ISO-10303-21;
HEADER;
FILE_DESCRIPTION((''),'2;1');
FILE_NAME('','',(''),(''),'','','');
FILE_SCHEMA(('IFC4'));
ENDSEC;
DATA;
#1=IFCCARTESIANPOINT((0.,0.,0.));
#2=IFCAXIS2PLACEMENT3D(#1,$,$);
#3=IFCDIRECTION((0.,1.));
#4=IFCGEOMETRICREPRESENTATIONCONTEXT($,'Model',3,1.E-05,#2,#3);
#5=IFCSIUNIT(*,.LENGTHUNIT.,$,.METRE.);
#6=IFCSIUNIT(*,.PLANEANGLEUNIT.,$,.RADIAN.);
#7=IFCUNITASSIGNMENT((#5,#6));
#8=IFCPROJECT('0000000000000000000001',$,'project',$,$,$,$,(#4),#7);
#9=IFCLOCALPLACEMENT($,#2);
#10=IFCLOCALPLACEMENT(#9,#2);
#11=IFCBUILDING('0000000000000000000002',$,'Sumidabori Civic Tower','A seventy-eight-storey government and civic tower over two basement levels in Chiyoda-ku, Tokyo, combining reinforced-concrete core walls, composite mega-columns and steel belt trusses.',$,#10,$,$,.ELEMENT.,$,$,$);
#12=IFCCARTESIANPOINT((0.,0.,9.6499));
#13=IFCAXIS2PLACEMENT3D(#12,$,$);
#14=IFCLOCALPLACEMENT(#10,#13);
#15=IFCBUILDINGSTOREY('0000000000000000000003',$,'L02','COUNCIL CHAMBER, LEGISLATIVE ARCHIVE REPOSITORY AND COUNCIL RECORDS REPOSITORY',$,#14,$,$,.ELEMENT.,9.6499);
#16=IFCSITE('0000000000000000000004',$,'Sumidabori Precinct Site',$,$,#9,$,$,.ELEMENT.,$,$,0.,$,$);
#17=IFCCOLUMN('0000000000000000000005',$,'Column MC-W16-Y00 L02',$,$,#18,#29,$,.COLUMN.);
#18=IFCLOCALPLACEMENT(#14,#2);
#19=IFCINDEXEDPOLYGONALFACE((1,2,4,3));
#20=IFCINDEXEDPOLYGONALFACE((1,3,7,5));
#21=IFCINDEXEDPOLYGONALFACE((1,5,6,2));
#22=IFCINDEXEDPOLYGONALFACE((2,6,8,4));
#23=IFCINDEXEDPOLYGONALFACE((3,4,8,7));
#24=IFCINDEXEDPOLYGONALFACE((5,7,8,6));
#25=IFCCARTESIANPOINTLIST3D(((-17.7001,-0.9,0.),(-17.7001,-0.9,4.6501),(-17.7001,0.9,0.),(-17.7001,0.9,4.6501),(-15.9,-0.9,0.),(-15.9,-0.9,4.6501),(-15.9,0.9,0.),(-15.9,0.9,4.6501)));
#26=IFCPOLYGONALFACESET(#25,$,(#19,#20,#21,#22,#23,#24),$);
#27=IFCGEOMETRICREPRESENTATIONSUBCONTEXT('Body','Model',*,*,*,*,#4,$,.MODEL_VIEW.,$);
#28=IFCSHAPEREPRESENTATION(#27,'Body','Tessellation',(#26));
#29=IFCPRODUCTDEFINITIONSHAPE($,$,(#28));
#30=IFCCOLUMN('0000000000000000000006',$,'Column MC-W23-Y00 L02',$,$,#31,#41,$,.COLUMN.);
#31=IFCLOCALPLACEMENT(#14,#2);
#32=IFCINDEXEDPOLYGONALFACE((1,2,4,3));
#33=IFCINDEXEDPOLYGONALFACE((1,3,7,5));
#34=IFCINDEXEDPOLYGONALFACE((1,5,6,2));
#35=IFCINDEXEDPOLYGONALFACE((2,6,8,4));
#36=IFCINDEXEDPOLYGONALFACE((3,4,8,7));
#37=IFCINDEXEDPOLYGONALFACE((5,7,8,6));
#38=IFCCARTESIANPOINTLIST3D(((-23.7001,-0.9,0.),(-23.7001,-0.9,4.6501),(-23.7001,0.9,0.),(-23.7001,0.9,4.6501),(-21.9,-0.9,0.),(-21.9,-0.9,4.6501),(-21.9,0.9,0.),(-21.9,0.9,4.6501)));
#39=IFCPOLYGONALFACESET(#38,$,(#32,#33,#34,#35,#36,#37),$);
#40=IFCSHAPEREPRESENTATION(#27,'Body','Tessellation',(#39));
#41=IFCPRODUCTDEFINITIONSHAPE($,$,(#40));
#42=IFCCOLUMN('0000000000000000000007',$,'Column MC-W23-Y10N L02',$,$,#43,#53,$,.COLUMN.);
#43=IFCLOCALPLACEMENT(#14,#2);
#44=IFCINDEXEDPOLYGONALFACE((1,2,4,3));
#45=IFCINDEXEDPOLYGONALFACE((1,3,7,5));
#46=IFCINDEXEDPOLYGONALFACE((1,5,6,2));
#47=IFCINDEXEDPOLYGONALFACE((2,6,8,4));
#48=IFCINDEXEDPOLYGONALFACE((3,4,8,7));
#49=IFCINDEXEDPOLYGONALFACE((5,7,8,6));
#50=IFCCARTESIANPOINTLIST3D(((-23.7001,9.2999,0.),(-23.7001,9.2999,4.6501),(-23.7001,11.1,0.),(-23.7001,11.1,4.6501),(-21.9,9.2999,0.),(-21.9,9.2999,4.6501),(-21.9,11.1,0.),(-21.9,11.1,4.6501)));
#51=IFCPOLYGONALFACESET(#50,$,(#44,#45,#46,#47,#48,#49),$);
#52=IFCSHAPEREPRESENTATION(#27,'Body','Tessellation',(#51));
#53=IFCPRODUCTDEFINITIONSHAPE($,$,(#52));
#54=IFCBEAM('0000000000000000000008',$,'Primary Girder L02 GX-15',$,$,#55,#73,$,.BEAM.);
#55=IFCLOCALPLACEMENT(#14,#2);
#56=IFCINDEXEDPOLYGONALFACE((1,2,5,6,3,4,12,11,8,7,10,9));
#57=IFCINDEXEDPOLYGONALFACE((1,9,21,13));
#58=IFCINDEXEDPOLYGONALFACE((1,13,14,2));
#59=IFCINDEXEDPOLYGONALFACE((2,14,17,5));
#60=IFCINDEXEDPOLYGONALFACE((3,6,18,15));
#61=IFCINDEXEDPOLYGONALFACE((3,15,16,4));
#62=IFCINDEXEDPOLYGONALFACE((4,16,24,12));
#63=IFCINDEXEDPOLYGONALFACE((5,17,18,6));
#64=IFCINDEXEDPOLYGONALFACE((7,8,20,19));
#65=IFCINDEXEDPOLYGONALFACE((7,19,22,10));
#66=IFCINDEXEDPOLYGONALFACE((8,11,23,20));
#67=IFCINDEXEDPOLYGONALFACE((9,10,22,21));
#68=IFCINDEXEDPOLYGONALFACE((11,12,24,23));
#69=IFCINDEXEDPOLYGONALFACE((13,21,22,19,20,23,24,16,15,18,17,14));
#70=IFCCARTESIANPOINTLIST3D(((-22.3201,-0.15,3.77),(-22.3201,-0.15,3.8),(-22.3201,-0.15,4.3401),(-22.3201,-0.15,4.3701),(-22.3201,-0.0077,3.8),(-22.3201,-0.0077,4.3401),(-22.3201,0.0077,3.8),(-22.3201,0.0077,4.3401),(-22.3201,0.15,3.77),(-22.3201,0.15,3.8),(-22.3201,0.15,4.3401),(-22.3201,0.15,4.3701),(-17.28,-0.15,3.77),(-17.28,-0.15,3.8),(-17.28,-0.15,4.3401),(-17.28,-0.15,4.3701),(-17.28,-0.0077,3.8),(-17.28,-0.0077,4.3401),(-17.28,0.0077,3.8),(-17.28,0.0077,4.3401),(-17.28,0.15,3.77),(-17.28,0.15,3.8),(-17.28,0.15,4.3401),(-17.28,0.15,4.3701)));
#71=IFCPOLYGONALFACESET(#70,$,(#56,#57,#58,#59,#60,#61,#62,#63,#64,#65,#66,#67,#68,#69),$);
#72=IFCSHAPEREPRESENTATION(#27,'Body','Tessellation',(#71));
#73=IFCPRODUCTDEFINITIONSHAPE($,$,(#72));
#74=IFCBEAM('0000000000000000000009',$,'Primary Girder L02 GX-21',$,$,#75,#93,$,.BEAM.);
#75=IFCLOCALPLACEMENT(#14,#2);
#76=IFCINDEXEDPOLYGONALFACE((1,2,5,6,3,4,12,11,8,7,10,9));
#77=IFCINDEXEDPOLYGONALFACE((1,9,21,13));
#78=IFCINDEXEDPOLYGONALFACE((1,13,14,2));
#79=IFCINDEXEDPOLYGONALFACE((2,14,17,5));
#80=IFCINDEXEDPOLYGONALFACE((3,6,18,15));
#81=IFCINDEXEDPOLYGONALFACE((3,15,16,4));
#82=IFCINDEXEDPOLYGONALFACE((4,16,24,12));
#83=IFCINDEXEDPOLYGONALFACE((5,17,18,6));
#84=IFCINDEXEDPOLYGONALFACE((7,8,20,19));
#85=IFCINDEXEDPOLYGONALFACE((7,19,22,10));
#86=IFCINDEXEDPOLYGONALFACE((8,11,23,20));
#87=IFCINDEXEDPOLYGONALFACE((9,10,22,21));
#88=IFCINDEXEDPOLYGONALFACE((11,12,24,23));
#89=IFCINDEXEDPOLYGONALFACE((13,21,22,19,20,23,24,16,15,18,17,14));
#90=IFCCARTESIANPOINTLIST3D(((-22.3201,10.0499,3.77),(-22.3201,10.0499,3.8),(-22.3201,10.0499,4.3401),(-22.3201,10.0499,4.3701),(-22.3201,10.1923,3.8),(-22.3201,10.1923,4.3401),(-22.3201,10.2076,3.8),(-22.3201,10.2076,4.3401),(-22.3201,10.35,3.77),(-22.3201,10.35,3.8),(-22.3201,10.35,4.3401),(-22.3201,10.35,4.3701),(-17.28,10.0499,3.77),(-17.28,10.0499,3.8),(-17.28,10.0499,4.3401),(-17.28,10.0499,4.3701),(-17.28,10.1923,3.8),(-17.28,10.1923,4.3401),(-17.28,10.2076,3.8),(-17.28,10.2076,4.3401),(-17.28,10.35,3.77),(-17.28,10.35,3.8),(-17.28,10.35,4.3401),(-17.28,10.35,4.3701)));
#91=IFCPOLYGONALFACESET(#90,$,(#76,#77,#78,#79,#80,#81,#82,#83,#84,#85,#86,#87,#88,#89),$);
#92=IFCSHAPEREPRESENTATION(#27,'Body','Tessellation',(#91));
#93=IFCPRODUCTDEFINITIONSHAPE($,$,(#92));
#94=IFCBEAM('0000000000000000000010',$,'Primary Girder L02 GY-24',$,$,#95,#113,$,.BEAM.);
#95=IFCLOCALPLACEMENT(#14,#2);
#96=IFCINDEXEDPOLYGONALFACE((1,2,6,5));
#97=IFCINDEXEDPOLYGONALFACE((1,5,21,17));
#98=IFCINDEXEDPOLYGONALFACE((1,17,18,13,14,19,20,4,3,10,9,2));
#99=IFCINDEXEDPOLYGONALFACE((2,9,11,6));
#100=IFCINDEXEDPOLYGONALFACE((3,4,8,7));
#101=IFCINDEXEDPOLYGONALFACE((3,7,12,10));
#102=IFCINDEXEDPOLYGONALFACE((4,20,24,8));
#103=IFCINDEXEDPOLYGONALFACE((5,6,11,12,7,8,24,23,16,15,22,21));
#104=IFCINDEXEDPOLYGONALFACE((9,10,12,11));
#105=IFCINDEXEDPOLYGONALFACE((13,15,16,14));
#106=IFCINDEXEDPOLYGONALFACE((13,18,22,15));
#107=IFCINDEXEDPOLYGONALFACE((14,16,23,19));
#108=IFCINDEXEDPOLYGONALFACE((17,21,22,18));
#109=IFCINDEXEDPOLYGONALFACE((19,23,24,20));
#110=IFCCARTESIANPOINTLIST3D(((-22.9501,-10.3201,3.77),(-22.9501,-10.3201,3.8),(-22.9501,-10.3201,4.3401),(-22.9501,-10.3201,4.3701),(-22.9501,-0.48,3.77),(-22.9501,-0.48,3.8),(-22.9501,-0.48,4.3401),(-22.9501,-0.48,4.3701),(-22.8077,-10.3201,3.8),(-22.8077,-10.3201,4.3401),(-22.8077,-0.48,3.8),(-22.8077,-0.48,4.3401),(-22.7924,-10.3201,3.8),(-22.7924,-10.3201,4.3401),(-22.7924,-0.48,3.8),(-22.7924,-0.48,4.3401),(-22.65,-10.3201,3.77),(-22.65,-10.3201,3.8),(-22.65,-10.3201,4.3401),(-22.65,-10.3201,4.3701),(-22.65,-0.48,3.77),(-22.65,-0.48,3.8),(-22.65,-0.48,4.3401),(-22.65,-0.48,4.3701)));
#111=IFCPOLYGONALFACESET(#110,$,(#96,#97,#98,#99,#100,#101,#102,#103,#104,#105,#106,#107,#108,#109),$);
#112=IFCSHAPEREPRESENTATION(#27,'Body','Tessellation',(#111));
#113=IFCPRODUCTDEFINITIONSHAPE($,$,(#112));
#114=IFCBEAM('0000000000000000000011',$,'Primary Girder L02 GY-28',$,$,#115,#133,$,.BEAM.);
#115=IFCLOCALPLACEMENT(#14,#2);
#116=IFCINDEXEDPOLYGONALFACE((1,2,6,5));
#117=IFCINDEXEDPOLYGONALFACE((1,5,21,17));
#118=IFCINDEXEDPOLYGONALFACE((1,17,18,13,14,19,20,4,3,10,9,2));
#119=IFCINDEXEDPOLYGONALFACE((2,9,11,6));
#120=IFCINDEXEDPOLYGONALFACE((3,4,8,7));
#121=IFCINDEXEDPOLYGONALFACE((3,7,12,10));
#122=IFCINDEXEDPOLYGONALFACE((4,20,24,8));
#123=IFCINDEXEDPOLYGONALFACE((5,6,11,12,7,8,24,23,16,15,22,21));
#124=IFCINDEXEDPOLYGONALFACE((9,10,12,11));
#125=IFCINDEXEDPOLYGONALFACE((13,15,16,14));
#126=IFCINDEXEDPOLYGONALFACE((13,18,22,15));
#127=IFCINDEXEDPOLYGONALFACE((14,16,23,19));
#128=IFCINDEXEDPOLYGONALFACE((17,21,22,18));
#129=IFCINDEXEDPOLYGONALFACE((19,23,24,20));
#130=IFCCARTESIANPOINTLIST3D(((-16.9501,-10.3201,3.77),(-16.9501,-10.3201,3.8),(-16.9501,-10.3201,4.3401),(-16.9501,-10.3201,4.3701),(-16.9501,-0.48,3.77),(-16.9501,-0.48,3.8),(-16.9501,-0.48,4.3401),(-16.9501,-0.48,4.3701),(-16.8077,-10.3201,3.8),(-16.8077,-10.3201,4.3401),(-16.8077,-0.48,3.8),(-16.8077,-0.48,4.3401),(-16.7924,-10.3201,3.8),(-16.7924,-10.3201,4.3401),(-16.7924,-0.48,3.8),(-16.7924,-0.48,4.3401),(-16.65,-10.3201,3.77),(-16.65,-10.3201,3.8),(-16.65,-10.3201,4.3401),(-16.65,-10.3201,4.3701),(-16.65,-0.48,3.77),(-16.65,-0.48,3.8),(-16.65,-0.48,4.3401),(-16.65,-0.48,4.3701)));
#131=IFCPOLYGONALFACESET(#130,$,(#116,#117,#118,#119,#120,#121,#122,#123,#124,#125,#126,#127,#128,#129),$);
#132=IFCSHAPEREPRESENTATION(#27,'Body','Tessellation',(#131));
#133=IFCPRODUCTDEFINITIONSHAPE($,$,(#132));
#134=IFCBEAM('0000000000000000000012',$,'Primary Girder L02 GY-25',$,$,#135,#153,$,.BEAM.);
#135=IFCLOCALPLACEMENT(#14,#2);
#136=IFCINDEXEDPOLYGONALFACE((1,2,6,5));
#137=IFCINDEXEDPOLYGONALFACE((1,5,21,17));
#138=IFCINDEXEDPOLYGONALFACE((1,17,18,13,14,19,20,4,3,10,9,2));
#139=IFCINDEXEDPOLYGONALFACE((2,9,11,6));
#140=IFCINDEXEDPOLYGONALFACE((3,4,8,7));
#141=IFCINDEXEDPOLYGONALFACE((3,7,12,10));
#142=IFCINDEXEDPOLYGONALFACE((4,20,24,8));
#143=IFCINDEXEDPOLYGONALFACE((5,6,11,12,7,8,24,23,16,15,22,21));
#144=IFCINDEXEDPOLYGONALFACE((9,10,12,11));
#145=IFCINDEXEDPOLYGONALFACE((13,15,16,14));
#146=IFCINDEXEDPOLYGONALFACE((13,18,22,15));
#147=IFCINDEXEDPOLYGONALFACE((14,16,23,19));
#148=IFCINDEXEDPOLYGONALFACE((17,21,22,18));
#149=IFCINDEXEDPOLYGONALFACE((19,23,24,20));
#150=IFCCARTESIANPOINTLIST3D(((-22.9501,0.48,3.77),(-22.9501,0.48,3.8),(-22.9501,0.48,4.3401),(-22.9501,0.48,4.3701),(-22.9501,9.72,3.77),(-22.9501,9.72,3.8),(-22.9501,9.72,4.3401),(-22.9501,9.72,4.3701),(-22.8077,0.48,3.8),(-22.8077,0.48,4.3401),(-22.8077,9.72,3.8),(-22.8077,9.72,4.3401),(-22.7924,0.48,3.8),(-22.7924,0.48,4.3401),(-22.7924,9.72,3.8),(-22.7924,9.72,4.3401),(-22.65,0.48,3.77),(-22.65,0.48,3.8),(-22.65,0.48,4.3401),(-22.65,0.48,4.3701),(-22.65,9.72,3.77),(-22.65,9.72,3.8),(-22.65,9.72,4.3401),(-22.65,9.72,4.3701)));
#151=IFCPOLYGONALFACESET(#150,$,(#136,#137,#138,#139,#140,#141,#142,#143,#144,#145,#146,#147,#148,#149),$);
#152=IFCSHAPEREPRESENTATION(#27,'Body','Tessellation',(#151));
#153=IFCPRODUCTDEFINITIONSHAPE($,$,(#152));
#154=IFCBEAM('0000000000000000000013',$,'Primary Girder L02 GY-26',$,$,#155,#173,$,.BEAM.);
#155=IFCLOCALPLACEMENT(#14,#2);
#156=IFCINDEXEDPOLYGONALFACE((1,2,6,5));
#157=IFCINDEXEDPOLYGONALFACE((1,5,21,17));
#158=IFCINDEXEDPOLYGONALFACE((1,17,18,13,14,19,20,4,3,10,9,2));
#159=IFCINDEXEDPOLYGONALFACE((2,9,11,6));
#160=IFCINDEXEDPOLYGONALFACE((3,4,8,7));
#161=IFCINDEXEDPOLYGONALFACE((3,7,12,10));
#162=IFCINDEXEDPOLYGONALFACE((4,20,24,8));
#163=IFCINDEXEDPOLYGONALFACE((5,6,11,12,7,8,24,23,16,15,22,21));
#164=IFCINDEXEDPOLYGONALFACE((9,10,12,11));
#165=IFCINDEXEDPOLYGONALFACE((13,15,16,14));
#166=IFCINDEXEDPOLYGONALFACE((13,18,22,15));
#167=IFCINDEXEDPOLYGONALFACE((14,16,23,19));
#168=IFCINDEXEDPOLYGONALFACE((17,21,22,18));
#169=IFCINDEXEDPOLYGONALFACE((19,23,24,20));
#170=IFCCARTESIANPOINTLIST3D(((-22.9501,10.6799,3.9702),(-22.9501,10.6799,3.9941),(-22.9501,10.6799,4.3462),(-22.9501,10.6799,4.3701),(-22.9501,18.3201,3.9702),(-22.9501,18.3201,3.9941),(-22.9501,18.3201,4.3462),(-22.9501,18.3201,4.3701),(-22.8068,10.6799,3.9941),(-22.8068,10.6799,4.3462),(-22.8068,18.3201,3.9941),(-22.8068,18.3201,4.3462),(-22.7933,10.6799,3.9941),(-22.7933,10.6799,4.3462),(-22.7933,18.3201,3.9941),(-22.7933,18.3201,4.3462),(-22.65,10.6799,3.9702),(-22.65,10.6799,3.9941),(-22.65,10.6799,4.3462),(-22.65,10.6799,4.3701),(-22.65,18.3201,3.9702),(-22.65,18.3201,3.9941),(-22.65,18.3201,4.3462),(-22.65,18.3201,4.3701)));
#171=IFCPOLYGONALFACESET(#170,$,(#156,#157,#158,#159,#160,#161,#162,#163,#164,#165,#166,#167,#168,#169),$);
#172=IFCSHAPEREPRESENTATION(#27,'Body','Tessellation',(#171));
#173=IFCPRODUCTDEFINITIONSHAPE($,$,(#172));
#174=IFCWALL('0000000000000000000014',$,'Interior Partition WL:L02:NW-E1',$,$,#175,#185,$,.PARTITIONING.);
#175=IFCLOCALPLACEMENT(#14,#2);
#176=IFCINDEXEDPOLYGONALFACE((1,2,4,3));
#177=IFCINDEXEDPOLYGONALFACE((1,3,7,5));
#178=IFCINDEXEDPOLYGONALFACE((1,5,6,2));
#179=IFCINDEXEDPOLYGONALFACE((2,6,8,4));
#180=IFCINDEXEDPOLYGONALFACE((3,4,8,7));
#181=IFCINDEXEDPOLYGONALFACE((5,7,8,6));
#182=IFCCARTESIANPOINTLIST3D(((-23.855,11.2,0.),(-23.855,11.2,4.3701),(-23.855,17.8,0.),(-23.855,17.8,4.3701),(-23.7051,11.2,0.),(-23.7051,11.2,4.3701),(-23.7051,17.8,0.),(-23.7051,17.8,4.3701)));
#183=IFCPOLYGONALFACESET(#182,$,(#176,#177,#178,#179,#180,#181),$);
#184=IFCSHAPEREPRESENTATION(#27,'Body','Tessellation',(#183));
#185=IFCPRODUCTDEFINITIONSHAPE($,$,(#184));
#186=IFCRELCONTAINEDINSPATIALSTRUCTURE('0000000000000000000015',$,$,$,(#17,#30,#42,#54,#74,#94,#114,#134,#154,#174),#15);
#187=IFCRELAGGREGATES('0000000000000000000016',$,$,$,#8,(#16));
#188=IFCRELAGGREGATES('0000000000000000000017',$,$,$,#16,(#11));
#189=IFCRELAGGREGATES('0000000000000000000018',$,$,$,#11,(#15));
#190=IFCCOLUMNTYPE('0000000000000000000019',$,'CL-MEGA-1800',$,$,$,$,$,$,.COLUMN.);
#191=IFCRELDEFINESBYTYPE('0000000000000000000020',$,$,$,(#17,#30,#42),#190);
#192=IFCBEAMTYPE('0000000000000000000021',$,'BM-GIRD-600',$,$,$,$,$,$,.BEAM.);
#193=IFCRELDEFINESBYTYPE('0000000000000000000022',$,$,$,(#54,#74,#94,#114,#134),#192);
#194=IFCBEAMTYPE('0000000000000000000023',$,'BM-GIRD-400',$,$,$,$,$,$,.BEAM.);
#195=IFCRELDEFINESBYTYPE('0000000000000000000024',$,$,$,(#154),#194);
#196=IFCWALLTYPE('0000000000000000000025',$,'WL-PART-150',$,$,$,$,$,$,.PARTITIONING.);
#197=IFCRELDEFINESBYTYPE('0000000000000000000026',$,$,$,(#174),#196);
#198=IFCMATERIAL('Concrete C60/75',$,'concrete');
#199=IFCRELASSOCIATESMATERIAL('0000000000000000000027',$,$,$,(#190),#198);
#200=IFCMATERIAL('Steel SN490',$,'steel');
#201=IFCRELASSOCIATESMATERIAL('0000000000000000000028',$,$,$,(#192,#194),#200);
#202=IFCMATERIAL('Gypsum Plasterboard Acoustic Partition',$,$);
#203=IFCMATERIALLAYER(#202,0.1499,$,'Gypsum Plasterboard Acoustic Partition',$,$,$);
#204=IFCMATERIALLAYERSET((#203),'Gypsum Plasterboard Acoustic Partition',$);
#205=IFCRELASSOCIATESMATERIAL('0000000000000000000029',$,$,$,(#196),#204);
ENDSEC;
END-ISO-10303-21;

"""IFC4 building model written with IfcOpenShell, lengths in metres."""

from ifc_helpers import new_model, si_unit, direction, frame, frame_2d, origin, origin_2d, place, context, subcontext, project, spatial, rectangle, i_section, extrude, source, transform, mapped, material, layer, layer_set, material_profile, profile_set, type_object, element, save


model = new_model("IFC4")

# Units and contexts
model_context = context("Model", 3, precision=1e-05, world=origin(), true_north=direction((0.0, 1.0)))
body_context = subcontext(model_context, "Body", "Model", "MODEL_VIEW")
ifc_project = project(units=[si_unit("LENGTHUNIT", "METRE"), si_unit("PLANEANGLEUNIT", "RADIAN")], contexts=[model_context])

# Site, building, storey
site_placement = place(None, origin())
site = spatial("IfcSite", under=ifc_project, at=site_placement, Name="Sumidabori Precinct Site", CompositionType="ELEMENT", RefElevation=0.0)
building_placement = place(site_placement, origin())
building = spatial("IfcBuilding", under=site, at=building_placement, Name="Sumidabori Civic Tower", Description="A seventy-eight-storey government and civic tower over two basement levels in Chiyoda-ku, Tokyo, combining reinforced-concrete core walls, composite mega-columns and steel belt trusses.", CompositionType="ELEMENT")
storey_placement = place(building_placement, frame((0.0, 0.0, 9.6499)))
storey = spatial("IfcBuildingStorey", under=building, at=storey_placement, Name="L02", Description="COUNCIL CHAMBER, LEGISLATIVE ARCHIVE REPOSITORY AND COUNCIL RECORDS REPOSITORY", CompositionType="ELEMENT", Elevation=9.6499)

# Columns
ifc_material_1 = material(Name="Concrete C60/75", Category="concrete")
ifc_material_profile_1 = material_profile(ifc_material_1, rectangle(XDim=1.8, YDim=1.8, at=origin_2d()), Name="RC 1800x1800")
ifc_profile_set_1 = profile_set([ifc_material_profile_1], Name="Concrete C60/75")
column_type = type_object("IfcColumnType", Name="CL-MEGA-1800", PredefinedType="COLUMN", material=ifc_profile_set_1)
shared_shape_1 = source(origin(), body_context, "Body", "SweptSolid", [
    extrude(rectangle(XDim=1.8, YDim=1.8, at=origin_2d()), origin(), (0.0, 0.0, 1.0), 4.6501),
])
for number, where, z_axis, x_axis, name in (
    (1, (-16.8, 0.0, 0.0), (0.0, 0.0, 1.0), (1.0, 0.0, 0.0), "Column MC-W16-Y00 L02"),
    (2, (-22.8, 0.0, 0.0), (0.0, 0.0, 1.0), (1.0, 0.0, 0.0), "Column MC-W23-Y00 L02"),
    (3, (-22.8, 10.2, 0.0), (0.0, 0.0, 1.0), (1.0, 0.0, 0.0), "Column MC-W23-Y10N L02"),
):
    element("IfcColumn", number, at=place(storey_placement, frame(where, z_axis=z_axis, x_axis=x_axis)), inside=storey, type_object=column_type, Name=name, PredefinedType="COLUMN", context=body_context, shape_type="MappedRepresentation", body=[
        mapped(shared_shape_1, transform((0.0, 0.0, 0.0), x_axis=(1.0, 0.0, 0.0), y_axis=(0.0, 1.0, 0.0), z_axis=(0.0, 0.0, 1.0), scale=1.0)),
    ])

# Beams
ifc_material_2 = material(Name="Steel SN490", Category="steel")
ifc_material_profile_2 = material_profile(ifc_material_2, i_section(OverallWidth=0.3, OverallDepth=0.6001, WebThickness=0.0154, FlangeThickness=0.03, at=origin_2d()), Name="HE 600 B")
ifc_profile_set_2 = profile_set([ifc_material_profile_2], Name="Steel SN490")
beam_type_1 = type_object("IfcBeamType", Name="BM-GIRD-600", PredefinedType="BEAM", material=ifc_profile_set_2)
shared_shape_2 = source(origin(), body_context, "Body", "SweptSolid", [
    extrude(i_section(OverallWidth=0.3, OverallDepth=0.6001, WebThickness=0.0154, FlangeThickness=0.03, at=origin_2d()), origin(), (0.0, 0.0, 1.0), 5.04),
])
for number, where, z_axis, x_axis, name in (
    (4, (-22.3201, 0.0, 4.0701), (1.0, 0.0, 0.0), (0.0, 1.0, 0.0), "Primary Girder L02 GX-15"),
    (5, (-22.3201, 10.2, 4.0701), (1.0, 0.0, 0.0), (0.0, 1.0, 0.0), "Primary Girder L02 GX-21"),
):
    element("IfcBeam", number, at=place(storey_placement, frame(where, z_axis=z_axis, x_axis=x_axis)), inside=storey, type_object=beam_type_1, Name=name, PredefinedType="BEAM", context=body_context, shape_type="MappedRepresentation", body=[
        mapped(shared_shape_2, transform((0.0, 0.0, 0.0), x_axis=(1.0, 0.0, 0.0), y_axis=(0.0, 1.0, 0.0), z_axis=(0.0, 0.0, 1.0), scale=1.0)),
    ])
shared_shape_3 = source(origin(), body_context, "Body", "SweptSolid", [
    extrude(i_section(OverallWidth=0.3, OverallDepth=0.6001, WebThickness=0.0154, FlangeThickness=0.03, at=origin_2d()), origin(), (0.0, 0.0, 1.0), 9.8401),
])
for number, where, z_axis, x_axis, name in (
    (6, (-22.8, -10.3201, 4.0701), (0.0, 1.0, 0.0), (-1.0, 0.0, 0.0), "Primary Girder L02 GY-24"),
    (7, (-16.8, -10.3201, 4.0701), (0.0, 1.0, 0.0), (-1.0, 0.0, 0.0), "Primary Girder L02 GY-28"),
):
    element("IfcBeam", number, at=place(storey_placement, frame(where, z_axis=z_axis, x_axis=x_axis)), inside=storey, type_object=beam_type_1, Name=name, PredefinedType="BEAM", context=body_context, shape_type="MappedRepresentation", body=[
        mapped(shared_shape_3, transform((0.0, 0.0, 0.0), x_axis=(1.0, 0.0, 0.0), y_axis=(0.0, 1.0, 0.0), z_axis=(0.0, 0.0, 1.0), scale=1.0)),
    ])
shared_shape_4 = source(origin(), body_context, "Body", "SweptSolid", [
    extrude(i_section(OverallWidth=0.3, OverallDepth=0.6001, WebThickness=0.0154, FlangeThickness=0.03, at=origin_2d()), origin(), (0.0, 0.0, 1.0), 9.24),
])
beam_1_placement = place(storey_placement, frame((-22.8, 0.48, 4.0701), z_axis=(0.0, 1.0, 0.0), x_axis=(-1.0, 0.0, 0.0)))
element("IfcBeam", 8, at=beam_1_placement, inside=storey, type_object=beam_type_1, Name="Primary Girder L02 GY-25", PredefinedType="BEAM", context=body_context, shape_type="MappedRepresentation", body=[
    mapped(shared_shape_4, transform((0.0, 0.0, 0.0), x_axis=(1.0, 0.0, 0.0), y_axis=(0.0, 1.0, 0.0), z_axis=(0.0, 0.0, 1.0), scale=1.0)),
])
ifc_material_profile_3 = material_profile(ifc_material_2, i_section(OverallWidth=0.3, OverallDepth=0.3999, WebThickness=0.0134, FlangeThickness=0.0239, at=origin_2d()), Name="HE 400 B")
ifc_profile_set_3 = profile_set([ifc_material_profile_3], Name="Steel SN490")
beam_type_2 = type_object("IfcBeamType", Name="BM-GIRD-400", PredefinedType="BEAM", material=ifc_profile_set_3)
shared_shape_5 = source(origin(), body_context, "Body", "SweptSolid", [
    extrude(i_section(OverallWidth=0.3, OverallDepth=0.3999, WebThickness=0.0134, FlangeThickness=0.0239, at=origin_2d()), origin(), (0.0, 0.0, 1.0), 7.6401),
])
beam_2_placement = place(storey_placement, frame((-22.8, 10.6799, 4.1702), z_axis=(0.0, 1.0, 0.0), x_axis=(-1.0, 0.0, 0.0)))
element("IfcBeam", 9, at=beam_2_placement, inside=storey, type_object=beam_type_2, Name="Primary Girder L02 GY-26", PredefinedType="BEAM", context=body_context, shape_type="MappedRepresentation", body=[
    mapped(shared_shape_5, transform((0.0, 0.0, 0.0), x_axis=(1.0, 0.0, 0.0), y_axis=(0.0, 1.0, 0.0), z_axis=(0.0, 0.0, 1.0), scale=1.0)),
])

# Wall
ifc_material_3 = material(Name="Gypsum Plasterboard Acoustic Partition")
ifc_layer = layer(ifc_material_3, 0.1499, Name="Gypsum Plasterboard Acoustic Partition")
ifc_layer_set = layer_set([ifc_layer], Name="Gypsum Plasterboard Acoustic Partition")
wall_type = type_object("IfcWallType", Name="WL-PART-150", PredefinedType="PARTITIONING", material=ifc_layer_set)
shared_shape_6 = source(origin(), body_context, "Body", "SweptSolid", [
    extrude(rectangle(XDim=6.6001, YDim=0.1499, at=frame_2d((3.3, 0.0))), origin(), (0.0, 0.0, 1.0), 4.3701),
])
wall_1_placement = place(storey_placement, frame((-23.78, 11.2, 0.0), z_axis=(0.0, 0.0, 1.0), x_axis=(0.0, 1.0, 0.0)))
element("IfcWall", 10, at=wall_1_placement, inside=storey, type_object=wall_type, Name="Interior Partition WL:L02:NW-E1", PredefinedType="PARTITIONING", context=body_context, shape_type="MappedRepresentation", body=[
    mapped(shared_shape_6, transform((0.0, 0.0, 0.0), x_axis=(1.0, 0.0, 0.0), y_axis=(0.0, 1.0, 0.0), z_axis=(0.0, 0.0, 1.0), scale=1.0)),
])

save(model, "model.ifc")
